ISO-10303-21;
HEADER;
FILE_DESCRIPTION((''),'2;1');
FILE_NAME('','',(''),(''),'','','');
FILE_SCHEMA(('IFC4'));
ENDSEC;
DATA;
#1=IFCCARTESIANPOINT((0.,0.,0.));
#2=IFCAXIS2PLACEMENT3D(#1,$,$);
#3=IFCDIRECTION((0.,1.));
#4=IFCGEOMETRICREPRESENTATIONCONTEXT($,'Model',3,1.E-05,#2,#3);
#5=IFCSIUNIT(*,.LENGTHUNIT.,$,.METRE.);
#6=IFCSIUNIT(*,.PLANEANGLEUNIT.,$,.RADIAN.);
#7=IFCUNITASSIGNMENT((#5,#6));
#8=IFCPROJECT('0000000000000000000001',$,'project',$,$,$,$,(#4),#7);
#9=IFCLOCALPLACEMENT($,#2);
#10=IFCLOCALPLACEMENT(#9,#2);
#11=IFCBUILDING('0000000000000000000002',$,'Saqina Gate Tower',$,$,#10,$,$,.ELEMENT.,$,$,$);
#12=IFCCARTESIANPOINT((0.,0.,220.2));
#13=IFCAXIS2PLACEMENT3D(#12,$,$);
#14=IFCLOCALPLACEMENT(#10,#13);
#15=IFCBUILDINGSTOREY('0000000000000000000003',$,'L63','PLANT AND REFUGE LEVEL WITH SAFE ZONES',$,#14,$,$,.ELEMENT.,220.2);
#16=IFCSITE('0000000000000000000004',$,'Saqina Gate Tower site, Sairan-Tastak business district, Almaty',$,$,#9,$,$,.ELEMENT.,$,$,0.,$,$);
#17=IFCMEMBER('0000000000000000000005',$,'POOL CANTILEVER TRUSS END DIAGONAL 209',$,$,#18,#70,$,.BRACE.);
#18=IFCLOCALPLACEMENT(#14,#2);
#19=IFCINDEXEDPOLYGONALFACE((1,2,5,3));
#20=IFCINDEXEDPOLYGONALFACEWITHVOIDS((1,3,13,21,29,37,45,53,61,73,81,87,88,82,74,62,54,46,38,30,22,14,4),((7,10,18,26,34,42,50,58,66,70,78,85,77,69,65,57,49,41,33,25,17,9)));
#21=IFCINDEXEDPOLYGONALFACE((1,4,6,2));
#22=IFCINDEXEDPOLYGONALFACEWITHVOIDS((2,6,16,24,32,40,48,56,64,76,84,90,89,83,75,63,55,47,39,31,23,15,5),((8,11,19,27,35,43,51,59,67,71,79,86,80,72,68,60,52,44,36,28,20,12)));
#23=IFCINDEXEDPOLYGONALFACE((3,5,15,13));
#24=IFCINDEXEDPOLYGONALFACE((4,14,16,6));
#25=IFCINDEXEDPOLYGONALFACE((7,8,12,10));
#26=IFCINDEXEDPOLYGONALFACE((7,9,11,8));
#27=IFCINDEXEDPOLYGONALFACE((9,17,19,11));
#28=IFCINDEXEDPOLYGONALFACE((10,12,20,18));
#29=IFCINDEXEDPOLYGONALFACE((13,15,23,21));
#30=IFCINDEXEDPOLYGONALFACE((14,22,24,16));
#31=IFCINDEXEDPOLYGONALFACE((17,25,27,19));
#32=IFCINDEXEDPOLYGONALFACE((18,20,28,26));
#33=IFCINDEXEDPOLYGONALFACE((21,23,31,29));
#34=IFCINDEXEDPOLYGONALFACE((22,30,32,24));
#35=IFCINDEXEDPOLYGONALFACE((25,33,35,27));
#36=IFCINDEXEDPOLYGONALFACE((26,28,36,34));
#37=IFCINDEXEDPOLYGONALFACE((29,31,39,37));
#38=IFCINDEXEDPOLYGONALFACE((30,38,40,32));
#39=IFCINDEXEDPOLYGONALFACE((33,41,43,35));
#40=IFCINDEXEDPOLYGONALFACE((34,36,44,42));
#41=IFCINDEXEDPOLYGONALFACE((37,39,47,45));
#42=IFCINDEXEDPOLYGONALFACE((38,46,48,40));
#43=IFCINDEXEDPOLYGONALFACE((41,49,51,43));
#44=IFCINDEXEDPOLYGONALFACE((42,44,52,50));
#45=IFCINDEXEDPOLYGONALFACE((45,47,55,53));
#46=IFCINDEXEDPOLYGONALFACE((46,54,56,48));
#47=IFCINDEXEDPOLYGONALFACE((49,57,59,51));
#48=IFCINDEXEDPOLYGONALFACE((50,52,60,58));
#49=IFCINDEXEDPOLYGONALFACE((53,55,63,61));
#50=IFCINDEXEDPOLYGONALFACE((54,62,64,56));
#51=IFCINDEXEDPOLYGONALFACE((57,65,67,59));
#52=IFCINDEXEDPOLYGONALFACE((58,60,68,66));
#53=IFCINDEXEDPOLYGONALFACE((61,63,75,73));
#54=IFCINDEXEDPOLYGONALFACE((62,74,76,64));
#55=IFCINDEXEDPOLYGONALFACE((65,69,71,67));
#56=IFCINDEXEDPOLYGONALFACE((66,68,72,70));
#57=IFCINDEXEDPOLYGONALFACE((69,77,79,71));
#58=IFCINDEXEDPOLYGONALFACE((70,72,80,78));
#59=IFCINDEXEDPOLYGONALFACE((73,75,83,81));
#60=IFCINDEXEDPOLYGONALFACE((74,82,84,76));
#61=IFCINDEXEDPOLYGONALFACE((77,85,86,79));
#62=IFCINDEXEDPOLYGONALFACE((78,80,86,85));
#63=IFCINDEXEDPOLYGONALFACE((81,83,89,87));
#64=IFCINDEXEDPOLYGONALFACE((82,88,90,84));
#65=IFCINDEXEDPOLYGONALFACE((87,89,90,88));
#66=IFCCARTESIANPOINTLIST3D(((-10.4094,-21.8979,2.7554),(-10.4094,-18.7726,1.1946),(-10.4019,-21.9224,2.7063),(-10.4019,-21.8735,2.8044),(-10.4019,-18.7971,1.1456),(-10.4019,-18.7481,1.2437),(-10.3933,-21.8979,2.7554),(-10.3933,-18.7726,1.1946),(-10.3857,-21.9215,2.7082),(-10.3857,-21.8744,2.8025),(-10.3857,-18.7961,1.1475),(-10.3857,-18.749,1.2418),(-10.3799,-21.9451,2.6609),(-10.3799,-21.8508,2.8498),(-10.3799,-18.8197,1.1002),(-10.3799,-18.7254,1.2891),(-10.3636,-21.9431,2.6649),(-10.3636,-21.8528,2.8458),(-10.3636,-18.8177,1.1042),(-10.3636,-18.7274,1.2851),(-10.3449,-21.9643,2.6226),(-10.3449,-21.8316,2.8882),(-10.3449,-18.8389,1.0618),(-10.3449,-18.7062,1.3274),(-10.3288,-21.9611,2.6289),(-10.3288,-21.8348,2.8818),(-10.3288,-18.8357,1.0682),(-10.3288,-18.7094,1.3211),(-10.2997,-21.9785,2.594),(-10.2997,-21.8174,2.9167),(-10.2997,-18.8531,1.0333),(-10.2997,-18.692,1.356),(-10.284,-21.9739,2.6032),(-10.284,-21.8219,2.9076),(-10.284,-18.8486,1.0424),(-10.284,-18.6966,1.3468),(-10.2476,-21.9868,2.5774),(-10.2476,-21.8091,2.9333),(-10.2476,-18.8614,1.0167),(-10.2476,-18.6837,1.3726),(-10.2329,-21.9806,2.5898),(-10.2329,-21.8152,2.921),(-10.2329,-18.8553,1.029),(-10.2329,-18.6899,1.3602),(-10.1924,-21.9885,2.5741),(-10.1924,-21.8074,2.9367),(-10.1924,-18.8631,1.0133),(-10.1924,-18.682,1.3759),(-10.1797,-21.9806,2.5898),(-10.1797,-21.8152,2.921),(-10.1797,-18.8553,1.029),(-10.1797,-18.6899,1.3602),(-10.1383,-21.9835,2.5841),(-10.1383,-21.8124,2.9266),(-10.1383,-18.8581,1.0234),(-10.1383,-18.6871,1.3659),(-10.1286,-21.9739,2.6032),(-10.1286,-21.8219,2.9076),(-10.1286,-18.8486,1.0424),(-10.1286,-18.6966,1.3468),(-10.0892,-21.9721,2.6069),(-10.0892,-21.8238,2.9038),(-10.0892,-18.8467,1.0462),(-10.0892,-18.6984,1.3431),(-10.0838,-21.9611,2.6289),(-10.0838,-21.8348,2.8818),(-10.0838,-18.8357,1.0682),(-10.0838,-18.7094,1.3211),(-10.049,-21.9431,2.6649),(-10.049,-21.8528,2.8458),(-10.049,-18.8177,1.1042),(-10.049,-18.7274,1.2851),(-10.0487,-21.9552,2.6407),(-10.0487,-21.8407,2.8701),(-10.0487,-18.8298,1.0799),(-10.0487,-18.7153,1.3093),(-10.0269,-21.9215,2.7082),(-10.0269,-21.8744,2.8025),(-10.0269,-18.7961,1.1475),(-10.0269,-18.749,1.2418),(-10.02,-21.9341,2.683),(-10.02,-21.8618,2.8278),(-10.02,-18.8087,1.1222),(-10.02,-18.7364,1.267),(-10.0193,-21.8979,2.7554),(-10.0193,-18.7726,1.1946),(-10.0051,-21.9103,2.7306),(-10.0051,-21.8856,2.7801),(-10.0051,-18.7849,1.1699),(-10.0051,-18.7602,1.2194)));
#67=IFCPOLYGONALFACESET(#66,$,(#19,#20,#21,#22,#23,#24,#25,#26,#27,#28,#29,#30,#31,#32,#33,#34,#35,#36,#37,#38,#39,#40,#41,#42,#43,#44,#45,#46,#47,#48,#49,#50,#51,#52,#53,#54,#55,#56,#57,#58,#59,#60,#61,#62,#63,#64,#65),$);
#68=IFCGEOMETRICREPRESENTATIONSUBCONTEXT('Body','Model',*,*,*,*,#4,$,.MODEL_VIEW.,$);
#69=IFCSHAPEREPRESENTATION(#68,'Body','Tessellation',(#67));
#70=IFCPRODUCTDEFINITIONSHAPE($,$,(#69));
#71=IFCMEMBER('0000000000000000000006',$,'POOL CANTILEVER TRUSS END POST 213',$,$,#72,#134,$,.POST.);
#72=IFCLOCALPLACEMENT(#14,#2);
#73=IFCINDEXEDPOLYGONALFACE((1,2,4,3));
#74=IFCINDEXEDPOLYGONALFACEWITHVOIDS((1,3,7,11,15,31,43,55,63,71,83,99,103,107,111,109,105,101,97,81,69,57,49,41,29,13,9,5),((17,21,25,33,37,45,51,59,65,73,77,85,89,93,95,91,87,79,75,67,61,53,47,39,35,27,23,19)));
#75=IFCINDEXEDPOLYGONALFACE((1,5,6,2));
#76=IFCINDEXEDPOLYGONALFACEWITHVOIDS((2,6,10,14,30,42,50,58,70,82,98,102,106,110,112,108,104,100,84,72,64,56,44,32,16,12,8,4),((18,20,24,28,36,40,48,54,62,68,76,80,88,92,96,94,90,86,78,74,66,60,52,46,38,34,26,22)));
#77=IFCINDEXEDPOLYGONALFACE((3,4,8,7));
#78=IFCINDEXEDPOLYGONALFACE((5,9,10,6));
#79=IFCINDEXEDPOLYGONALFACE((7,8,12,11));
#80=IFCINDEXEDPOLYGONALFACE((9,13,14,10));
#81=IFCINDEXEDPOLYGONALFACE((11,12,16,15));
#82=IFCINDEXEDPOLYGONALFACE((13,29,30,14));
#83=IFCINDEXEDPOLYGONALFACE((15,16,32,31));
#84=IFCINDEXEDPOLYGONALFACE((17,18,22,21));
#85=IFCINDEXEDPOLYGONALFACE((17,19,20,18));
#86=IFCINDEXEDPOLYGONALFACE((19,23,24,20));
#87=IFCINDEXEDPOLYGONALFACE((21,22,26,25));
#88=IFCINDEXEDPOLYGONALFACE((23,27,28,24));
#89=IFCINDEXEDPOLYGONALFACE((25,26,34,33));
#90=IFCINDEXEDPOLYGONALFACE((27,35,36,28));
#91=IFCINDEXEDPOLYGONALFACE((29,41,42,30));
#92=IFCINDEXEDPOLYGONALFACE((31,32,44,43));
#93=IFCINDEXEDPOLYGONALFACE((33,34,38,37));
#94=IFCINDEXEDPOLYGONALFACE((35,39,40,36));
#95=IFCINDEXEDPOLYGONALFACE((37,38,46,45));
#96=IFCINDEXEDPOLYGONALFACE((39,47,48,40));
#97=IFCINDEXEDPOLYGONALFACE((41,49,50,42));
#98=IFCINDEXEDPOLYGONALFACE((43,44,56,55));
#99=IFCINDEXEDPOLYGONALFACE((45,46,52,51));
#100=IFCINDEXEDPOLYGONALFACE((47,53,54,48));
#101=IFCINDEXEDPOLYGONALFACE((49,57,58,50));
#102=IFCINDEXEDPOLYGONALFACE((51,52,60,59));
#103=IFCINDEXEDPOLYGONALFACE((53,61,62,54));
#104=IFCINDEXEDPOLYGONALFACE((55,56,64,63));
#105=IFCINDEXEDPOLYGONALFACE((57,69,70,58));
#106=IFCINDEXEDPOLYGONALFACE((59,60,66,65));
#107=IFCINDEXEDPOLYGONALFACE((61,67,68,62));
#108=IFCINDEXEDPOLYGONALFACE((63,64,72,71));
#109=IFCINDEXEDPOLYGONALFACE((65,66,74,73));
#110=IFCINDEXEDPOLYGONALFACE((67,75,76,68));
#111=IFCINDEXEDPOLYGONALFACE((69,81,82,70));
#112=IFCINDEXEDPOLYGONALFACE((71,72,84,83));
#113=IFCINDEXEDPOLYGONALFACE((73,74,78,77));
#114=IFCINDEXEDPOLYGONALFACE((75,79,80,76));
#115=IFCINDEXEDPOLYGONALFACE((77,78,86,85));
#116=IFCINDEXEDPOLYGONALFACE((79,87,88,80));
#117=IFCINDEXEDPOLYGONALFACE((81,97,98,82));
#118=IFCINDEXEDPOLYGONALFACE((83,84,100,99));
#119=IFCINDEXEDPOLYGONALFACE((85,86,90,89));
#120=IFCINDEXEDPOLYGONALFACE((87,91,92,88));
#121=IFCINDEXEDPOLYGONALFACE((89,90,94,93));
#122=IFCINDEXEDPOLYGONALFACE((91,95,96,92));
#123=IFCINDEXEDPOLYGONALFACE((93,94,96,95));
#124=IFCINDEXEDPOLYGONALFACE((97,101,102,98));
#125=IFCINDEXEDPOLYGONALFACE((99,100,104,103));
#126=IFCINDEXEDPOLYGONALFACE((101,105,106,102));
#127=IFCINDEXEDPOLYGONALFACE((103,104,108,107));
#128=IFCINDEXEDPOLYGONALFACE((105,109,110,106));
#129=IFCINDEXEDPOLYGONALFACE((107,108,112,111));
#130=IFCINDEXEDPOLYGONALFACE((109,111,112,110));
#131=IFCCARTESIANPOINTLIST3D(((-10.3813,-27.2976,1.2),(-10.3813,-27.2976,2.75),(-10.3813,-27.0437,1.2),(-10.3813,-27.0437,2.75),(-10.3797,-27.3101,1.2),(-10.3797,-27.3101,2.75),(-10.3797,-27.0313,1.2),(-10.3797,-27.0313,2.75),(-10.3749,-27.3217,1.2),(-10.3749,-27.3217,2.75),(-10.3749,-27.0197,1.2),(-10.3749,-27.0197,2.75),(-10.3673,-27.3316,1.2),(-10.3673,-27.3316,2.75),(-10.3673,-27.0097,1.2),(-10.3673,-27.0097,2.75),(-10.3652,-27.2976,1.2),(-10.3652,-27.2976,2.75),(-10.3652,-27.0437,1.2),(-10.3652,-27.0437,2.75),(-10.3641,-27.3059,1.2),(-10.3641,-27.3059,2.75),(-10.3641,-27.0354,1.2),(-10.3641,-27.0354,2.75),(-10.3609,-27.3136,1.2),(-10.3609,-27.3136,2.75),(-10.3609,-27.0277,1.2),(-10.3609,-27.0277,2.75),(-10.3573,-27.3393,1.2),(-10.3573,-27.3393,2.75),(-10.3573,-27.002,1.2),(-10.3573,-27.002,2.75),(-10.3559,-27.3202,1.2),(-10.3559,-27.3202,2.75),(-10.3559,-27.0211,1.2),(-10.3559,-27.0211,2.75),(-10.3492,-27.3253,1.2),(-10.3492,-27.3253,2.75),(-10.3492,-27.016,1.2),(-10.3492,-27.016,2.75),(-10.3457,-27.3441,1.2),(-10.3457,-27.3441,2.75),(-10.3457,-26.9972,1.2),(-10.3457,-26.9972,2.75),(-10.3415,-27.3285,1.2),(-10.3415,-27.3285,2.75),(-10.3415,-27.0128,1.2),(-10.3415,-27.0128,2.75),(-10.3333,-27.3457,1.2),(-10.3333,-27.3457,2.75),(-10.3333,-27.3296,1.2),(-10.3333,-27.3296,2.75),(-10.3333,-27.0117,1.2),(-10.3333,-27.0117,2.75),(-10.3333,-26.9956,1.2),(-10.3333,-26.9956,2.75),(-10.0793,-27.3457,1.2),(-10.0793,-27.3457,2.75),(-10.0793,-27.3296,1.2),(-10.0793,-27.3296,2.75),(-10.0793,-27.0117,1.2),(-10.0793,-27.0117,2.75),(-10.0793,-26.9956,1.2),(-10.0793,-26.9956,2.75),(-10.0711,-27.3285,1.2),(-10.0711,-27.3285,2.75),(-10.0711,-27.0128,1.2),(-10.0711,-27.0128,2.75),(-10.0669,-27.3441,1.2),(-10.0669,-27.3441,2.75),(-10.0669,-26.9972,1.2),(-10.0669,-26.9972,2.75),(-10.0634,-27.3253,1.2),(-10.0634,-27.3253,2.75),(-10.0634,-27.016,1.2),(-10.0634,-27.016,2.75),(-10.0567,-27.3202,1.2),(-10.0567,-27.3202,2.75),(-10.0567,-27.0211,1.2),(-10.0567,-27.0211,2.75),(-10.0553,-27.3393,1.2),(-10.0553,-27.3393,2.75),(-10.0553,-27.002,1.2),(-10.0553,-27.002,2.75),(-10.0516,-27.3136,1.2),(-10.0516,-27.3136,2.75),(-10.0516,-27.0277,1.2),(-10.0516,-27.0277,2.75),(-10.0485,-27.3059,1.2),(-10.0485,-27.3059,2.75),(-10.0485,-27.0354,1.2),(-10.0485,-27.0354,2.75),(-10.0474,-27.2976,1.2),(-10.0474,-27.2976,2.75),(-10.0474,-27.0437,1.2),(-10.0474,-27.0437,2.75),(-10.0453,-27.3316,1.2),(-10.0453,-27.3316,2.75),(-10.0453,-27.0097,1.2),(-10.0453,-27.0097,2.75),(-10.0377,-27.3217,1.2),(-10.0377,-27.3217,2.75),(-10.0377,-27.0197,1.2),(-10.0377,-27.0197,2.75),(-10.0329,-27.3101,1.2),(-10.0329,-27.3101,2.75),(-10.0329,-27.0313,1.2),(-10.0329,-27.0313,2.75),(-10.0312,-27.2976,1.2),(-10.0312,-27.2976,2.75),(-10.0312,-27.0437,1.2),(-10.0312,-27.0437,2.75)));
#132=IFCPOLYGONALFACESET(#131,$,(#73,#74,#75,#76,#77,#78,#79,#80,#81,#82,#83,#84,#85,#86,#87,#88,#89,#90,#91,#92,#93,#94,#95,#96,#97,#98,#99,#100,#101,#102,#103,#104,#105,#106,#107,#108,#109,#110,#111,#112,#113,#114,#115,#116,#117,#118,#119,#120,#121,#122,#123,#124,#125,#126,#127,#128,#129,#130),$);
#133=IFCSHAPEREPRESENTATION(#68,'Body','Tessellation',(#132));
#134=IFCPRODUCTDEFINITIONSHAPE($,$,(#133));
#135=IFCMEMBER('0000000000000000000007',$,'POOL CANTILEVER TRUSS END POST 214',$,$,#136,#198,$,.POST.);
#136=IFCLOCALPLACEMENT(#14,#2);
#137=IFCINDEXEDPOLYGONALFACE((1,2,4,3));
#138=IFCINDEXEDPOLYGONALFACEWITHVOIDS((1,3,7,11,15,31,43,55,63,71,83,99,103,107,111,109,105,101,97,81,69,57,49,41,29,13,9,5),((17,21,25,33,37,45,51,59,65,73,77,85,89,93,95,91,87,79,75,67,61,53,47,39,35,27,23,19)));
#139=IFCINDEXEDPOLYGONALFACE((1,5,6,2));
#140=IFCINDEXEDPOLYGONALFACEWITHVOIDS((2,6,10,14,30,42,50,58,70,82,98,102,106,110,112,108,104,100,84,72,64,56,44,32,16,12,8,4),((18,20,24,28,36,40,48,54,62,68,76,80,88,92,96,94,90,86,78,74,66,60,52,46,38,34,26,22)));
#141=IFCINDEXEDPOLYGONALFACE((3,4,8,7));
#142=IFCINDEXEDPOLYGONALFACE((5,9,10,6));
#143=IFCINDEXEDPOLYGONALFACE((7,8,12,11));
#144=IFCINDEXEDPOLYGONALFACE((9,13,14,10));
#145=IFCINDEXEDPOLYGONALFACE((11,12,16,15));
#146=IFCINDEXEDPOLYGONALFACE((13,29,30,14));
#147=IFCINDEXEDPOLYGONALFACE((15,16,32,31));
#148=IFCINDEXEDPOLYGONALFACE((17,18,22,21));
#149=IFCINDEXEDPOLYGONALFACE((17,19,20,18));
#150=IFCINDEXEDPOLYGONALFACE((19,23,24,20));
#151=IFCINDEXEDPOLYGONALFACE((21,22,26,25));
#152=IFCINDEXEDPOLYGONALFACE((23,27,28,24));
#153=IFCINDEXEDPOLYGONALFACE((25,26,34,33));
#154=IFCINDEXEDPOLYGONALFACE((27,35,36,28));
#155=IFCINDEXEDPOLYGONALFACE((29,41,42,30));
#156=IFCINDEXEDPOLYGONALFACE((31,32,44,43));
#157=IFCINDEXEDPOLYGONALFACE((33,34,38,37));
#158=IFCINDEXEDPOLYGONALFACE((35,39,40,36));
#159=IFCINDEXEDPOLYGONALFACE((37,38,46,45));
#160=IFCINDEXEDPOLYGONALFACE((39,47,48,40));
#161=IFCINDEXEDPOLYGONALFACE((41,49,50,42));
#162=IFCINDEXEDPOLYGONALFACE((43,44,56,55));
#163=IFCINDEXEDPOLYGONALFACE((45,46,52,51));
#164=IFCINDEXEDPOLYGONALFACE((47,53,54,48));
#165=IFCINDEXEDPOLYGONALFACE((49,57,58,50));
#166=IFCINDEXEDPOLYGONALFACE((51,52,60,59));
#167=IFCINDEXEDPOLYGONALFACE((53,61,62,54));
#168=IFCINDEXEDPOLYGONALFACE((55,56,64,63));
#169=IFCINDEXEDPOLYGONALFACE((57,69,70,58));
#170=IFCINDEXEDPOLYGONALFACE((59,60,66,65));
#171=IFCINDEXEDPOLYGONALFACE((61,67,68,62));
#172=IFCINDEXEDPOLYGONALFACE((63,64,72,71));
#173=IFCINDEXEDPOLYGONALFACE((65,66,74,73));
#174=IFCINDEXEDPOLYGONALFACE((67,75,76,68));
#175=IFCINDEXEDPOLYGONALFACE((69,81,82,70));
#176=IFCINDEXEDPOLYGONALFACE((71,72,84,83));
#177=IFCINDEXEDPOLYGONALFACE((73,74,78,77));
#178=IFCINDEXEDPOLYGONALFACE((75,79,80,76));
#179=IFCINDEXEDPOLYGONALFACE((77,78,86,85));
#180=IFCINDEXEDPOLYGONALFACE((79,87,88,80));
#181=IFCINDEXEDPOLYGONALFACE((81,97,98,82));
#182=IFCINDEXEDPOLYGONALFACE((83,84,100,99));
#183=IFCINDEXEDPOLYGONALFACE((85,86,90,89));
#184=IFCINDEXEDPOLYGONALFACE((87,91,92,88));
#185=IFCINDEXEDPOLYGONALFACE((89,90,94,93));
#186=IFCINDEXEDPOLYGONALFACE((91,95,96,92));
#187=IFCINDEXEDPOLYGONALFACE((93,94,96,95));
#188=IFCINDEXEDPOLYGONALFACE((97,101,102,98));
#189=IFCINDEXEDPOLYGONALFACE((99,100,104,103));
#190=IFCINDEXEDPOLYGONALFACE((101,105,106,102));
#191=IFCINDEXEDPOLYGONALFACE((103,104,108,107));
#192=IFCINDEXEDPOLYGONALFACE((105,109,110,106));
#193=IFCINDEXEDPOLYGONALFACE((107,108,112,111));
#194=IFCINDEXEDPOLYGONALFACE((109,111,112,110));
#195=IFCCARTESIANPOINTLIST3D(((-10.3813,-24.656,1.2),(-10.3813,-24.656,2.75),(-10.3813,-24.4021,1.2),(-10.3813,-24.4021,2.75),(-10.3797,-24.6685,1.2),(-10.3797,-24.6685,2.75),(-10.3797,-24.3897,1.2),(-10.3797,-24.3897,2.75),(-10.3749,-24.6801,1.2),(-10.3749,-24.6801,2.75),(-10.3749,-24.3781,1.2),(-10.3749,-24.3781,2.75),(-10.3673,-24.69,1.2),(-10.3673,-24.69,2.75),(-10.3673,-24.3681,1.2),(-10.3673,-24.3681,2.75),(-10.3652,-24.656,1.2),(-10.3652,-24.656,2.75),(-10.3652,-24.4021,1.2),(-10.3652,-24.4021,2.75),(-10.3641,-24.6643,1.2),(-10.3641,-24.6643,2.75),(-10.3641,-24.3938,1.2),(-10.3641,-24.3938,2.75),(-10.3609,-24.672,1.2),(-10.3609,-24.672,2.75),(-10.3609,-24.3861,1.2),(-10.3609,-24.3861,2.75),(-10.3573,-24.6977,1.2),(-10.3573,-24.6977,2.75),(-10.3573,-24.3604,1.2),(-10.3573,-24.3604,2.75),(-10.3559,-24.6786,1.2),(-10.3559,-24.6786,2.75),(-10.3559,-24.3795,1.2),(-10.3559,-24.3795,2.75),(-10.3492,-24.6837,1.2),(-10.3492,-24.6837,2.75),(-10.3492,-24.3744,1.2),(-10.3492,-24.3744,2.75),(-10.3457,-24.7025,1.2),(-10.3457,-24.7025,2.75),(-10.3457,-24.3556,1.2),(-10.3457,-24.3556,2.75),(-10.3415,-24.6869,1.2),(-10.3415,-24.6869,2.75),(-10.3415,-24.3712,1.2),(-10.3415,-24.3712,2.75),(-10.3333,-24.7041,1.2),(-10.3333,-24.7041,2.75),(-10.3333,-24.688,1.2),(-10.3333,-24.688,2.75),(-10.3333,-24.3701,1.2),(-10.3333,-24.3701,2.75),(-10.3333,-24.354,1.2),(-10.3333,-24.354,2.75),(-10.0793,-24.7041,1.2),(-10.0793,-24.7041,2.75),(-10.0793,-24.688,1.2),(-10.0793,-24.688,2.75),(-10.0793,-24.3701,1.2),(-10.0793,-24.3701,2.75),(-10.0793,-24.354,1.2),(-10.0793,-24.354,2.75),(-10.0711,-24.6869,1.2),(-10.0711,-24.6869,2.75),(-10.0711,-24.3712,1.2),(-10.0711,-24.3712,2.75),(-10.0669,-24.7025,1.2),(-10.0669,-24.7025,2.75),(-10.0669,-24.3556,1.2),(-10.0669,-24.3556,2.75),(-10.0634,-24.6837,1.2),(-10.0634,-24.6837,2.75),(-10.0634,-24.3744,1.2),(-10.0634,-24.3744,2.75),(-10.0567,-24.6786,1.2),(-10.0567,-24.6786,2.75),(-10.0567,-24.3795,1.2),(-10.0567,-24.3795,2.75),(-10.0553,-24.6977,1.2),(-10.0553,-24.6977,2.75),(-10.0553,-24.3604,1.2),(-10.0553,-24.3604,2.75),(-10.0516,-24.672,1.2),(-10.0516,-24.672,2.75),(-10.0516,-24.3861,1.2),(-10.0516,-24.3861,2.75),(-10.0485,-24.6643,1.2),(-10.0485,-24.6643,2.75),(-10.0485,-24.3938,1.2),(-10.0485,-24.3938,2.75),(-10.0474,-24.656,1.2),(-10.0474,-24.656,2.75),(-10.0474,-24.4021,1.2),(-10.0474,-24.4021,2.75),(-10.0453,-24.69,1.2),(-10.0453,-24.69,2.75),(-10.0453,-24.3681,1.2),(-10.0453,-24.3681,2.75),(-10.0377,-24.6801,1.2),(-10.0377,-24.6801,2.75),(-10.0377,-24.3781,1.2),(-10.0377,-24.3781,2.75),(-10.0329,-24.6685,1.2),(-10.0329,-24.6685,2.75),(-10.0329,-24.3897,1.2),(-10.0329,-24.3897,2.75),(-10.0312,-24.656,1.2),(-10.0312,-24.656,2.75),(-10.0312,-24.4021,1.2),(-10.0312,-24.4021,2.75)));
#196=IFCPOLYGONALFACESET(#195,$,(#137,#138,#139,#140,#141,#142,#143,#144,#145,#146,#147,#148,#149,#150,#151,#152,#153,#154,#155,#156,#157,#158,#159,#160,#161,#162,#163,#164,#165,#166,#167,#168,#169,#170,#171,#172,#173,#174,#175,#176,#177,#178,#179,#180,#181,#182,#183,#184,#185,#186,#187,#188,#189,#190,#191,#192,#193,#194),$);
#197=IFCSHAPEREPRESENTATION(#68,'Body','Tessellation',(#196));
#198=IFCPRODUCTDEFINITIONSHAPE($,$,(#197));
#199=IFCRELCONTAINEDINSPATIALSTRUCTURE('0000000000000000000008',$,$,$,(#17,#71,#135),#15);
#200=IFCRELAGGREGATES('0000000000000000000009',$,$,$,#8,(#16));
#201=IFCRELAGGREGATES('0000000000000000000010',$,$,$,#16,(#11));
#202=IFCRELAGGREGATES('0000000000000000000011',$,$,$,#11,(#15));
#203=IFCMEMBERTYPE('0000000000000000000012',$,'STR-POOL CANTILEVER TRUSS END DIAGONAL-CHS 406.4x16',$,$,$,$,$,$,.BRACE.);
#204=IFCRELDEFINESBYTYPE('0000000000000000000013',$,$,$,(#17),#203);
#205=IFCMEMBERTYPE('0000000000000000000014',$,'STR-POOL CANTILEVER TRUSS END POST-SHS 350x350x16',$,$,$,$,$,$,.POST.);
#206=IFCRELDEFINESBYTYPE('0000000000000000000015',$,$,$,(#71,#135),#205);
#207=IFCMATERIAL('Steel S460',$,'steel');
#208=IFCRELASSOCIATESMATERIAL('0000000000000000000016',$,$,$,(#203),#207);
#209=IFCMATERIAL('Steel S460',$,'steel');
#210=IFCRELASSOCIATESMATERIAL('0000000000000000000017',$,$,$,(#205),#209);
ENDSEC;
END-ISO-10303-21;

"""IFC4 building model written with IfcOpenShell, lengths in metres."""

from ifc_helpers import new_model, si_unit, direction, frame, origin, origin_2d, place, context, subcontext, project, spatial, hollow_rectangle, hollow_circle, extrude, material, material_profile, profile_set, type_object, element, save


model = new_model("IFC4")

# Units and contexts
model_context = context("Model", 3, precision=1e-05, world=origin(), true_north=direction((0.0, 1.0)))
body_context = subcontext(model_context, "Body", "Model", "MODEL_VIEW")
ifc_project = project(units=[si_unit("LENGTHUNIT", "METRE"), si_unit("PLANEANGLEUNIT", "RADIAN")], contexts=[model_context])

# Site, building, storey
site_placement = place(None, origin())
site = spatial("IfcSite", under=ifc_project, at=site_placement, Name="Saqina Gate Tower site, Sairan-Tastak business district, Almaty", CompositionType="ELEMENT", RefElevation=0.0)
building_placement = place(site_placement, origin())
building = spatial("IfcBuilding", under=site, at=building_placement, Name="Saqina Gate Tower", CompositionType="ELEMENT")
storey_placement = place(building_placement, frame((0.0, 0.0, 220.2)))
storey = spatial("IfcBuildingStorey", under=building, at=storey_placement, Name="L63", Description="PLANT AND REFUGE LEVEL WITH SAFE ZONES", CompositionType="ELEMENT", Elevation=220.2)

# Members
ifc_material_1 = material(Name="Steel S460", Category="steel")
ifc_material_profile_1 = material_profile(ifc_material_1, hollow_circle(Radius=0.2031, WallThickness=0.0161, at=origin_2d()), Name="CHS 406.4x16")
ifc_profile_set_1 = profile_set([ifc_material_profile_1], Name="Steel S460")
member_type_1 = type_object("IfcMemberType", Name="STR-POOL CANTILEVER TRUSS END DIAGONAL-CHS 406.4x16", PredefinedType="BRACE", material=ifc_profile_set_1)
member_1_placement = place(storey_placement, frame((-10.2063, -21.8979, 2.7554), z_axis=(0.0, 0.894651, -0.446766), x_axis=(-1.0, 0.0, 0.0)))
element("IfcMember", 1, at=member_1_placement, inside=storey, type_object=member_type_1, Name="POOL CANTILEVER TRUSS END DIAGONAL 209", PredefinedType="BRACE", context=body_context, shape_type="SweptSolid", body=[
    extrude(hollow_circle(Radius=0.2031, WallThickness=0.0161, at=origin_2d()), origin(), (0.0, 0.0, 1.0), 3.4934),
])
ifc_material_2 = material(Name="Steel S460", Category="steel")
ifc_material_profile_2 = material_profile(ifc_material_2, hollow_rectangle(XDim=0.3501, YDim=0.3501, WallThickness=0.0161, InnerFilletRadius=0.032, OuterFilletRadius=0.0481, at=origin_2d()), Name="SHS 350x350x16")
ifc_profile_set_2 = profile_set([ifc_material_profile_2], Name="Steel S460")
member_type_2 = type_object("IfcMemberType", Name="STR-POOL CANTILEVER TRUSS END POST-SHS 350x350x16", PredefinedType="POST", material=ifc_profile_set_2)
for number, where, z_axis, x_axis, name in (
    (2, (-10.2063, -27.1707, 1.2), (0.0, 0.0, 1.0), (1.0, 0.0, 0.0), "POOL CANTILEVER TRUSS END POST 213"),
    (3, (-10.2063, -24.5291, 1.2), (0.0, 0.0, 1.0), (1.0, 0.0, 0.0), "POOL CANTILEVER TRUSS END POST 214"),
):
    element("IfcMember", number, at=place(storey_placement, frame(where, z_axis=z_axis, x_axis=x_axis)), inside=storey, type_object=member_type_2, Name=name, PredefinedType="POST", context=body_context, shape_type="SweptSolid", body=[
        extrude(hollow_rectangle(XDim=0.3501, YDim=0.3501, WallThickness=0.0161, InnerFilletRadius=0.032, OuterFilletRadius=0.0481, at=origin_2d()), origin(), (0.0, 0.0, 1.0), 1.55),
    ])

save(model, "model.ifc")
